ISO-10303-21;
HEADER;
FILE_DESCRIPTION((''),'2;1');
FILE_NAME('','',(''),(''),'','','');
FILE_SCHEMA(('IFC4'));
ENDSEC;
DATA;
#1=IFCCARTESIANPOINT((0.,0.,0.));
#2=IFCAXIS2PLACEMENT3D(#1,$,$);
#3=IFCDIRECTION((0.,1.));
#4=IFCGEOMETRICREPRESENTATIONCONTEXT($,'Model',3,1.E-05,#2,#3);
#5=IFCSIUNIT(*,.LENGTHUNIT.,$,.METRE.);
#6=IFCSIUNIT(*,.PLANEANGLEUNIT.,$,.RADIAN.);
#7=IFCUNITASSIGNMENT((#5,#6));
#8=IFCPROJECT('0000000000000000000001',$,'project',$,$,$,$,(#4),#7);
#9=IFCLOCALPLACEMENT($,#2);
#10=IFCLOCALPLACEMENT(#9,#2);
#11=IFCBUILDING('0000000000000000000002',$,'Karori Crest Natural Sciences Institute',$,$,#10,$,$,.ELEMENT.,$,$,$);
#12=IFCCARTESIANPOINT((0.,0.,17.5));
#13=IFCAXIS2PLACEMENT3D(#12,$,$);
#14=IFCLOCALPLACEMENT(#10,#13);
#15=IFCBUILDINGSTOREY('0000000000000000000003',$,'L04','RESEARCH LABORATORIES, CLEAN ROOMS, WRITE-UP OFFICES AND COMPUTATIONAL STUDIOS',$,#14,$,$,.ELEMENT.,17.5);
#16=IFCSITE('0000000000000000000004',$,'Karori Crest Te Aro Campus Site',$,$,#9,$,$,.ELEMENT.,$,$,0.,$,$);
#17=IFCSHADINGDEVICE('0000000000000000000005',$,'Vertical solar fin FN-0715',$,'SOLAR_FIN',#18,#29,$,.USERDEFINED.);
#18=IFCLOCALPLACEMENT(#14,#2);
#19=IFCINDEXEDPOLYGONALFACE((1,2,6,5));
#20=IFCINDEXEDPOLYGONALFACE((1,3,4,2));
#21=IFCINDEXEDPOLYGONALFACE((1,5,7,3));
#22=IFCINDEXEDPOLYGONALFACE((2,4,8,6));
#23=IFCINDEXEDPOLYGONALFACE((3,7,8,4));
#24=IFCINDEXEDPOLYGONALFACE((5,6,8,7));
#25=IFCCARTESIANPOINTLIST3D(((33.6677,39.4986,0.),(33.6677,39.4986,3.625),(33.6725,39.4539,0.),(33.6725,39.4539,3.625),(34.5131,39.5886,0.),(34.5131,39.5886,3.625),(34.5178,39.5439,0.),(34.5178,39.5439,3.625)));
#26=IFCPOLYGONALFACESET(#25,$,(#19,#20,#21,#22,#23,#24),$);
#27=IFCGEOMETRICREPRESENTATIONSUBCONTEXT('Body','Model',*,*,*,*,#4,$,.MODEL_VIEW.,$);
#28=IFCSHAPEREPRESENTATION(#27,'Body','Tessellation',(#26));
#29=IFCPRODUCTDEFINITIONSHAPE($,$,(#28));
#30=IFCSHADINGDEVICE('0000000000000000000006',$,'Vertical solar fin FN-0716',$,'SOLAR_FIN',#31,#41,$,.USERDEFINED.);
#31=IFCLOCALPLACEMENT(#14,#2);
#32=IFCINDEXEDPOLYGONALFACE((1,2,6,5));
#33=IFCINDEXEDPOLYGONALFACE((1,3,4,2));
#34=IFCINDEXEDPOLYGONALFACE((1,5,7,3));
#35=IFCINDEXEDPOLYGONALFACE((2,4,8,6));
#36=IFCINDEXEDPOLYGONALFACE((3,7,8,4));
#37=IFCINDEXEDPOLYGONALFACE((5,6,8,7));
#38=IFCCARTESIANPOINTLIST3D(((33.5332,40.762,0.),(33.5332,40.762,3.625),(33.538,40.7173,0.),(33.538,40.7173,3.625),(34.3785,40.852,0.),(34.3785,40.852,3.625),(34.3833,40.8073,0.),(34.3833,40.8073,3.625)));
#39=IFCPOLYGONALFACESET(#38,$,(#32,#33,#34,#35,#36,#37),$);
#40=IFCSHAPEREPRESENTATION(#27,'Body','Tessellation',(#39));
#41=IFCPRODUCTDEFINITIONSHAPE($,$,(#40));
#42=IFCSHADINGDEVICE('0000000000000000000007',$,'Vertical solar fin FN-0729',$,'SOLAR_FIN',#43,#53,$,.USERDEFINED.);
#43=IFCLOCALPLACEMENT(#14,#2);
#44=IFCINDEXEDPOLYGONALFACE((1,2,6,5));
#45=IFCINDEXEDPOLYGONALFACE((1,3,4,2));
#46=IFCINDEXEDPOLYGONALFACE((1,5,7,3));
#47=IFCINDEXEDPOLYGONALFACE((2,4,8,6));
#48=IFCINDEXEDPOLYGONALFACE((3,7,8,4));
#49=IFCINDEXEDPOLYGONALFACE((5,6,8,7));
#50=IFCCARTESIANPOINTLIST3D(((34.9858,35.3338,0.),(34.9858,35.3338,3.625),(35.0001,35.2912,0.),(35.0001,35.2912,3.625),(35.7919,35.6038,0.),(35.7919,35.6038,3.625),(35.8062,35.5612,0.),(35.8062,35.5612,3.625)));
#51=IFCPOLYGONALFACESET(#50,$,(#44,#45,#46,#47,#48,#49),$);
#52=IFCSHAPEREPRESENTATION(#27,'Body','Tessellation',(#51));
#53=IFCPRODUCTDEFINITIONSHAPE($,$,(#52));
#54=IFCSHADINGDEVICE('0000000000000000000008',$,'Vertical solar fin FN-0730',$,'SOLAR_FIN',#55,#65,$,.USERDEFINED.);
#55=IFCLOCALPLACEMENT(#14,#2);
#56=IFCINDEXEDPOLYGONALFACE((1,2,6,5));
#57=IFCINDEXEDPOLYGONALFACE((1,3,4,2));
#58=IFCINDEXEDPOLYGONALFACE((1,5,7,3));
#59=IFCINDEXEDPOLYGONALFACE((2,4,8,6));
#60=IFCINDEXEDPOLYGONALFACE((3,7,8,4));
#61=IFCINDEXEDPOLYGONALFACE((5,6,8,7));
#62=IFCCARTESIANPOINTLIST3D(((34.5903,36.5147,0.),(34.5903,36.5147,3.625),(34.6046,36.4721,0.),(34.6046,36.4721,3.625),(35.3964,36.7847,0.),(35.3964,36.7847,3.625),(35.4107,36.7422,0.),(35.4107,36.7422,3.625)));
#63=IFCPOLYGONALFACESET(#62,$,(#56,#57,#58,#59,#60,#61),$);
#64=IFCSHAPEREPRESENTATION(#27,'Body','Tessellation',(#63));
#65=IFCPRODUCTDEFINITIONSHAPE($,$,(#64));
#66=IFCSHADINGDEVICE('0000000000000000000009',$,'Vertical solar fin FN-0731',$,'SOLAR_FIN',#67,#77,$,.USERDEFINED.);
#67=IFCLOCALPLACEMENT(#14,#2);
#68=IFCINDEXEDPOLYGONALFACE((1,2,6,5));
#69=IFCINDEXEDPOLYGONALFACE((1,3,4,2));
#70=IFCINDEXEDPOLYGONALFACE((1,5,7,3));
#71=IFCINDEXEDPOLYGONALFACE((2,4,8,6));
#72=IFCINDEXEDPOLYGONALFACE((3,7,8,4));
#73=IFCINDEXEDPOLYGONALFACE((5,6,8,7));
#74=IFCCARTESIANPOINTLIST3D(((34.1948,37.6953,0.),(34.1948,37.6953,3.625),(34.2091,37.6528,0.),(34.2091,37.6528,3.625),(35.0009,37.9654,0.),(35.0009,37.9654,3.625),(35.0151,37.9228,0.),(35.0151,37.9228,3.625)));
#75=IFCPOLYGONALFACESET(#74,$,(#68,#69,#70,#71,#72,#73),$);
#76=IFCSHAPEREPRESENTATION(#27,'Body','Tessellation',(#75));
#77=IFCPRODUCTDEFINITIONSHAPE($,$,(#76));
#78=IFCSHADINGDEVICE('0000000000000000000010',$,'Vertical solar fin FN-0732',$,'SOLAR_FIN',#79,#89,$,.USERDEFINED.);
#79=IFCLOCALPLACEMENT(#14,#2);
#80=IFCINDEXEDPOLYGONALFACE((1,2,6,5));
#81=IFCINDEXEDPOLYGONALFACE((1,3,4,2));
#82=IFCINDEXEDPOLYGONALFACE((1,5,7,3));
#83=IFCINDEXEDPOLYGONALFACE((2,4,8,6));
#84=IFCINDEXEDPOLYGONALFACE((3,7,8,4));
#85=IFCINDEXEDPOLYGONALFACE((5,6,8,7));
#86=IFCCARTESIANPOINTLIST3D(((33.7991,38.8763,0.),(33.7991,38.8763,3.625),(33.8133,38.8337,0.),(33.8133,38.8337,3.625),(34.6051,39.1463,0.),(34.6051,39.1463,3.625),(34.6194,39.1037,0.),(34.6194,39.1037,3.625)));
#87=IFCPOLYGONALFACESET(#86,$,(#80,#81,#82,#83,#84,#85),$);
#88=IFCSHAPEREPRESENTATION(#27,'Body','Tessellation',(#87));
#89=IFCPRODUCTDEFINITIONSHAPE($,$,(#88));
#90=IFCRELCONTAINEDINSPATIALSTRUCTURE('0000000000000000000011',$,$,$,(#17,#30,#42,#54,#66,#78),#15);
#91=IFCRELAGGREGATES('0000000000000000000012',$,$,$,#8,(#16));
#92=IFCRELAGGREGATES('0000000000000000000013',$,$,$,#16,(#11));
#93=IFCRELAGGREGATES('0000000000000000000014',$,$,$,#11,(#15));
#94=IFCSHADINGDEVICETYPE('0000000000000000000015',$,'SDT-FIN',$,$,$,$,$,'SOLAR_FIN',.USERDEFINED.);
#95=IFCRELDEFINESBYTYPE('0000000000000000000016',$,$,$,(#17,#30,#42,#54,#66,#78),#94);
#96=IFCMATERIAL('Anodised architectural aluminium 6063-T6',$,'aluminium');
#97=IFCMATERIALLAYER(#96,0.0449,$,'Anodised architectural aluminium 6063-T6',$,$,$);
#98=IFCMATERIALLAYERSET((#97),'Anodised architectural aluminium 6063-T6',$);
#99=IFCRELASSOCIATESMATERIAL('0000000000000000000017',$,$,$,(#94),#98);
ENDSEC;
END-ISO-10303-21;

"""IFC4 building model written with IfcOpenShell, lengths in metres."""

from ifc_helpers import new_model, si_unit, direction, frame, origin, origin_2d, place, context, subcontext, project, spatial, rectangle, extrude, material, layer, layer_set, type_object, element, save


model = new_model("IFC4")

# Units and contexts
model_context = context("Model", 3, precision=1e-05, world=origin(), true_north=direction((0.0, 1.0)))
body_context = subcontext(model_context, "Body", "Model", "MODEL_VIEW")
ifc_project = project(units=[si_unit("LENGTHUNIT", "METRE"), si_unit("PLANEANGLEUNIT", "RADIAN")], contexts=[model_context])

# Site, building, storey
site_placement = place(None, origin())
site = spatial("IfcSite", under=ifc_project, at=site_placement, Name="Karori Crest Te Aro Campus Site", CompositionType="ELEMENT", RefElevation=0.0)
building_placement = place(site_placement, origin())
building = spatial("IfcBuilding", under=site, at=building_placement, Name="Karori Crest Natural Sciences Institute", CompositionType="ELEMENT")
storey_placement = place(building_placement, frame((0.0, 0.0, 17.5)))
storey = spatial("IfcBuildingStorey", under=building, at=storey_placement, Name="L04", Description="RESEARCH LABORATORIES, CLEAN ROOMS, WRITE-UP OFFICES AND COMPUTATIONAL STUDIOS", CompositionType="ELEMENT", Elevation=17.5)

# Shared definitions
ifc_material_1 = material(Name="Anodised architectural aluminium 6063-T6", Category="aluminium")

# Shading devices
ifc_layer_1 = layer(ifc_material_1, 0.0449, Name="Anodised architectural aluminium 6063-T6")
ifc_layer_set_1 = layer_set([ifc_layer_1], Name="Anodised architectural aluminium 6063-T6")
shading_device_type = type_object("IfcShadingDeviceType", Name="SDT-FIN", ElementType="SOLAR_FIN", PredefinedType="USERDEFINED", material=ifc_layer_set_1)
for number, where, z_axis, x_axis, name in (
    (1, (34.0928, 39.5212, 0.0), (0.0, 0.0, 1.0), (-0.994378, -0.105884, 0.0), "Vertical solar fin FN-0715"),
    (2, (33.9583, 40.7847, 0.0), (0.0, 0.0, 1.0), (-0.994378, -0.105884, 0.0), "Vertical solar fin FN-0716"),
    (3, (35.396, 35.4475, 0.0), (0.0, 0.0, 1.0), (-0.948198, -0.31768, 0.0), "Vertical solar fin FN-0729"),
    (4, (35.0005, 36.6284, 0.0), (0.0, 0.0, 1.0), (-0.948198, -0.31768, 0.0), "Vertical solar fin FN-0730"),
    (5, (34.605, 37.8091, 0.0), (0.0, 0.0, 1.0), (-0.948198, -0.31768, 0.0), "Vertical solar fin FN-0731"),
    (6, (34.2092, 38.99, 0.0), (0.0, 0.0, 1.0), (-0.948198, -0.31768, 0.0), "Vertical solar fin FN-0732"),
):
    element("IfcShadingDevice", number, at=place(storey_placement, frame(where, z_axis=z_axis, x_axis=x_axis)), inside=storey, type_object=shading_device_type, Name=name, ObjectType="SOLAR_FIN", PredefinedType="USERDEFINED", context=body_context, shape_type="SweptSolid", body=[
        extrude(rectangle(XDim=0.8501, YDim=0.0449, at=origin_2d()), origin(), (0.0, 0.0, 1.0), 3.625),
    ])

save(model, "model.ifc")
